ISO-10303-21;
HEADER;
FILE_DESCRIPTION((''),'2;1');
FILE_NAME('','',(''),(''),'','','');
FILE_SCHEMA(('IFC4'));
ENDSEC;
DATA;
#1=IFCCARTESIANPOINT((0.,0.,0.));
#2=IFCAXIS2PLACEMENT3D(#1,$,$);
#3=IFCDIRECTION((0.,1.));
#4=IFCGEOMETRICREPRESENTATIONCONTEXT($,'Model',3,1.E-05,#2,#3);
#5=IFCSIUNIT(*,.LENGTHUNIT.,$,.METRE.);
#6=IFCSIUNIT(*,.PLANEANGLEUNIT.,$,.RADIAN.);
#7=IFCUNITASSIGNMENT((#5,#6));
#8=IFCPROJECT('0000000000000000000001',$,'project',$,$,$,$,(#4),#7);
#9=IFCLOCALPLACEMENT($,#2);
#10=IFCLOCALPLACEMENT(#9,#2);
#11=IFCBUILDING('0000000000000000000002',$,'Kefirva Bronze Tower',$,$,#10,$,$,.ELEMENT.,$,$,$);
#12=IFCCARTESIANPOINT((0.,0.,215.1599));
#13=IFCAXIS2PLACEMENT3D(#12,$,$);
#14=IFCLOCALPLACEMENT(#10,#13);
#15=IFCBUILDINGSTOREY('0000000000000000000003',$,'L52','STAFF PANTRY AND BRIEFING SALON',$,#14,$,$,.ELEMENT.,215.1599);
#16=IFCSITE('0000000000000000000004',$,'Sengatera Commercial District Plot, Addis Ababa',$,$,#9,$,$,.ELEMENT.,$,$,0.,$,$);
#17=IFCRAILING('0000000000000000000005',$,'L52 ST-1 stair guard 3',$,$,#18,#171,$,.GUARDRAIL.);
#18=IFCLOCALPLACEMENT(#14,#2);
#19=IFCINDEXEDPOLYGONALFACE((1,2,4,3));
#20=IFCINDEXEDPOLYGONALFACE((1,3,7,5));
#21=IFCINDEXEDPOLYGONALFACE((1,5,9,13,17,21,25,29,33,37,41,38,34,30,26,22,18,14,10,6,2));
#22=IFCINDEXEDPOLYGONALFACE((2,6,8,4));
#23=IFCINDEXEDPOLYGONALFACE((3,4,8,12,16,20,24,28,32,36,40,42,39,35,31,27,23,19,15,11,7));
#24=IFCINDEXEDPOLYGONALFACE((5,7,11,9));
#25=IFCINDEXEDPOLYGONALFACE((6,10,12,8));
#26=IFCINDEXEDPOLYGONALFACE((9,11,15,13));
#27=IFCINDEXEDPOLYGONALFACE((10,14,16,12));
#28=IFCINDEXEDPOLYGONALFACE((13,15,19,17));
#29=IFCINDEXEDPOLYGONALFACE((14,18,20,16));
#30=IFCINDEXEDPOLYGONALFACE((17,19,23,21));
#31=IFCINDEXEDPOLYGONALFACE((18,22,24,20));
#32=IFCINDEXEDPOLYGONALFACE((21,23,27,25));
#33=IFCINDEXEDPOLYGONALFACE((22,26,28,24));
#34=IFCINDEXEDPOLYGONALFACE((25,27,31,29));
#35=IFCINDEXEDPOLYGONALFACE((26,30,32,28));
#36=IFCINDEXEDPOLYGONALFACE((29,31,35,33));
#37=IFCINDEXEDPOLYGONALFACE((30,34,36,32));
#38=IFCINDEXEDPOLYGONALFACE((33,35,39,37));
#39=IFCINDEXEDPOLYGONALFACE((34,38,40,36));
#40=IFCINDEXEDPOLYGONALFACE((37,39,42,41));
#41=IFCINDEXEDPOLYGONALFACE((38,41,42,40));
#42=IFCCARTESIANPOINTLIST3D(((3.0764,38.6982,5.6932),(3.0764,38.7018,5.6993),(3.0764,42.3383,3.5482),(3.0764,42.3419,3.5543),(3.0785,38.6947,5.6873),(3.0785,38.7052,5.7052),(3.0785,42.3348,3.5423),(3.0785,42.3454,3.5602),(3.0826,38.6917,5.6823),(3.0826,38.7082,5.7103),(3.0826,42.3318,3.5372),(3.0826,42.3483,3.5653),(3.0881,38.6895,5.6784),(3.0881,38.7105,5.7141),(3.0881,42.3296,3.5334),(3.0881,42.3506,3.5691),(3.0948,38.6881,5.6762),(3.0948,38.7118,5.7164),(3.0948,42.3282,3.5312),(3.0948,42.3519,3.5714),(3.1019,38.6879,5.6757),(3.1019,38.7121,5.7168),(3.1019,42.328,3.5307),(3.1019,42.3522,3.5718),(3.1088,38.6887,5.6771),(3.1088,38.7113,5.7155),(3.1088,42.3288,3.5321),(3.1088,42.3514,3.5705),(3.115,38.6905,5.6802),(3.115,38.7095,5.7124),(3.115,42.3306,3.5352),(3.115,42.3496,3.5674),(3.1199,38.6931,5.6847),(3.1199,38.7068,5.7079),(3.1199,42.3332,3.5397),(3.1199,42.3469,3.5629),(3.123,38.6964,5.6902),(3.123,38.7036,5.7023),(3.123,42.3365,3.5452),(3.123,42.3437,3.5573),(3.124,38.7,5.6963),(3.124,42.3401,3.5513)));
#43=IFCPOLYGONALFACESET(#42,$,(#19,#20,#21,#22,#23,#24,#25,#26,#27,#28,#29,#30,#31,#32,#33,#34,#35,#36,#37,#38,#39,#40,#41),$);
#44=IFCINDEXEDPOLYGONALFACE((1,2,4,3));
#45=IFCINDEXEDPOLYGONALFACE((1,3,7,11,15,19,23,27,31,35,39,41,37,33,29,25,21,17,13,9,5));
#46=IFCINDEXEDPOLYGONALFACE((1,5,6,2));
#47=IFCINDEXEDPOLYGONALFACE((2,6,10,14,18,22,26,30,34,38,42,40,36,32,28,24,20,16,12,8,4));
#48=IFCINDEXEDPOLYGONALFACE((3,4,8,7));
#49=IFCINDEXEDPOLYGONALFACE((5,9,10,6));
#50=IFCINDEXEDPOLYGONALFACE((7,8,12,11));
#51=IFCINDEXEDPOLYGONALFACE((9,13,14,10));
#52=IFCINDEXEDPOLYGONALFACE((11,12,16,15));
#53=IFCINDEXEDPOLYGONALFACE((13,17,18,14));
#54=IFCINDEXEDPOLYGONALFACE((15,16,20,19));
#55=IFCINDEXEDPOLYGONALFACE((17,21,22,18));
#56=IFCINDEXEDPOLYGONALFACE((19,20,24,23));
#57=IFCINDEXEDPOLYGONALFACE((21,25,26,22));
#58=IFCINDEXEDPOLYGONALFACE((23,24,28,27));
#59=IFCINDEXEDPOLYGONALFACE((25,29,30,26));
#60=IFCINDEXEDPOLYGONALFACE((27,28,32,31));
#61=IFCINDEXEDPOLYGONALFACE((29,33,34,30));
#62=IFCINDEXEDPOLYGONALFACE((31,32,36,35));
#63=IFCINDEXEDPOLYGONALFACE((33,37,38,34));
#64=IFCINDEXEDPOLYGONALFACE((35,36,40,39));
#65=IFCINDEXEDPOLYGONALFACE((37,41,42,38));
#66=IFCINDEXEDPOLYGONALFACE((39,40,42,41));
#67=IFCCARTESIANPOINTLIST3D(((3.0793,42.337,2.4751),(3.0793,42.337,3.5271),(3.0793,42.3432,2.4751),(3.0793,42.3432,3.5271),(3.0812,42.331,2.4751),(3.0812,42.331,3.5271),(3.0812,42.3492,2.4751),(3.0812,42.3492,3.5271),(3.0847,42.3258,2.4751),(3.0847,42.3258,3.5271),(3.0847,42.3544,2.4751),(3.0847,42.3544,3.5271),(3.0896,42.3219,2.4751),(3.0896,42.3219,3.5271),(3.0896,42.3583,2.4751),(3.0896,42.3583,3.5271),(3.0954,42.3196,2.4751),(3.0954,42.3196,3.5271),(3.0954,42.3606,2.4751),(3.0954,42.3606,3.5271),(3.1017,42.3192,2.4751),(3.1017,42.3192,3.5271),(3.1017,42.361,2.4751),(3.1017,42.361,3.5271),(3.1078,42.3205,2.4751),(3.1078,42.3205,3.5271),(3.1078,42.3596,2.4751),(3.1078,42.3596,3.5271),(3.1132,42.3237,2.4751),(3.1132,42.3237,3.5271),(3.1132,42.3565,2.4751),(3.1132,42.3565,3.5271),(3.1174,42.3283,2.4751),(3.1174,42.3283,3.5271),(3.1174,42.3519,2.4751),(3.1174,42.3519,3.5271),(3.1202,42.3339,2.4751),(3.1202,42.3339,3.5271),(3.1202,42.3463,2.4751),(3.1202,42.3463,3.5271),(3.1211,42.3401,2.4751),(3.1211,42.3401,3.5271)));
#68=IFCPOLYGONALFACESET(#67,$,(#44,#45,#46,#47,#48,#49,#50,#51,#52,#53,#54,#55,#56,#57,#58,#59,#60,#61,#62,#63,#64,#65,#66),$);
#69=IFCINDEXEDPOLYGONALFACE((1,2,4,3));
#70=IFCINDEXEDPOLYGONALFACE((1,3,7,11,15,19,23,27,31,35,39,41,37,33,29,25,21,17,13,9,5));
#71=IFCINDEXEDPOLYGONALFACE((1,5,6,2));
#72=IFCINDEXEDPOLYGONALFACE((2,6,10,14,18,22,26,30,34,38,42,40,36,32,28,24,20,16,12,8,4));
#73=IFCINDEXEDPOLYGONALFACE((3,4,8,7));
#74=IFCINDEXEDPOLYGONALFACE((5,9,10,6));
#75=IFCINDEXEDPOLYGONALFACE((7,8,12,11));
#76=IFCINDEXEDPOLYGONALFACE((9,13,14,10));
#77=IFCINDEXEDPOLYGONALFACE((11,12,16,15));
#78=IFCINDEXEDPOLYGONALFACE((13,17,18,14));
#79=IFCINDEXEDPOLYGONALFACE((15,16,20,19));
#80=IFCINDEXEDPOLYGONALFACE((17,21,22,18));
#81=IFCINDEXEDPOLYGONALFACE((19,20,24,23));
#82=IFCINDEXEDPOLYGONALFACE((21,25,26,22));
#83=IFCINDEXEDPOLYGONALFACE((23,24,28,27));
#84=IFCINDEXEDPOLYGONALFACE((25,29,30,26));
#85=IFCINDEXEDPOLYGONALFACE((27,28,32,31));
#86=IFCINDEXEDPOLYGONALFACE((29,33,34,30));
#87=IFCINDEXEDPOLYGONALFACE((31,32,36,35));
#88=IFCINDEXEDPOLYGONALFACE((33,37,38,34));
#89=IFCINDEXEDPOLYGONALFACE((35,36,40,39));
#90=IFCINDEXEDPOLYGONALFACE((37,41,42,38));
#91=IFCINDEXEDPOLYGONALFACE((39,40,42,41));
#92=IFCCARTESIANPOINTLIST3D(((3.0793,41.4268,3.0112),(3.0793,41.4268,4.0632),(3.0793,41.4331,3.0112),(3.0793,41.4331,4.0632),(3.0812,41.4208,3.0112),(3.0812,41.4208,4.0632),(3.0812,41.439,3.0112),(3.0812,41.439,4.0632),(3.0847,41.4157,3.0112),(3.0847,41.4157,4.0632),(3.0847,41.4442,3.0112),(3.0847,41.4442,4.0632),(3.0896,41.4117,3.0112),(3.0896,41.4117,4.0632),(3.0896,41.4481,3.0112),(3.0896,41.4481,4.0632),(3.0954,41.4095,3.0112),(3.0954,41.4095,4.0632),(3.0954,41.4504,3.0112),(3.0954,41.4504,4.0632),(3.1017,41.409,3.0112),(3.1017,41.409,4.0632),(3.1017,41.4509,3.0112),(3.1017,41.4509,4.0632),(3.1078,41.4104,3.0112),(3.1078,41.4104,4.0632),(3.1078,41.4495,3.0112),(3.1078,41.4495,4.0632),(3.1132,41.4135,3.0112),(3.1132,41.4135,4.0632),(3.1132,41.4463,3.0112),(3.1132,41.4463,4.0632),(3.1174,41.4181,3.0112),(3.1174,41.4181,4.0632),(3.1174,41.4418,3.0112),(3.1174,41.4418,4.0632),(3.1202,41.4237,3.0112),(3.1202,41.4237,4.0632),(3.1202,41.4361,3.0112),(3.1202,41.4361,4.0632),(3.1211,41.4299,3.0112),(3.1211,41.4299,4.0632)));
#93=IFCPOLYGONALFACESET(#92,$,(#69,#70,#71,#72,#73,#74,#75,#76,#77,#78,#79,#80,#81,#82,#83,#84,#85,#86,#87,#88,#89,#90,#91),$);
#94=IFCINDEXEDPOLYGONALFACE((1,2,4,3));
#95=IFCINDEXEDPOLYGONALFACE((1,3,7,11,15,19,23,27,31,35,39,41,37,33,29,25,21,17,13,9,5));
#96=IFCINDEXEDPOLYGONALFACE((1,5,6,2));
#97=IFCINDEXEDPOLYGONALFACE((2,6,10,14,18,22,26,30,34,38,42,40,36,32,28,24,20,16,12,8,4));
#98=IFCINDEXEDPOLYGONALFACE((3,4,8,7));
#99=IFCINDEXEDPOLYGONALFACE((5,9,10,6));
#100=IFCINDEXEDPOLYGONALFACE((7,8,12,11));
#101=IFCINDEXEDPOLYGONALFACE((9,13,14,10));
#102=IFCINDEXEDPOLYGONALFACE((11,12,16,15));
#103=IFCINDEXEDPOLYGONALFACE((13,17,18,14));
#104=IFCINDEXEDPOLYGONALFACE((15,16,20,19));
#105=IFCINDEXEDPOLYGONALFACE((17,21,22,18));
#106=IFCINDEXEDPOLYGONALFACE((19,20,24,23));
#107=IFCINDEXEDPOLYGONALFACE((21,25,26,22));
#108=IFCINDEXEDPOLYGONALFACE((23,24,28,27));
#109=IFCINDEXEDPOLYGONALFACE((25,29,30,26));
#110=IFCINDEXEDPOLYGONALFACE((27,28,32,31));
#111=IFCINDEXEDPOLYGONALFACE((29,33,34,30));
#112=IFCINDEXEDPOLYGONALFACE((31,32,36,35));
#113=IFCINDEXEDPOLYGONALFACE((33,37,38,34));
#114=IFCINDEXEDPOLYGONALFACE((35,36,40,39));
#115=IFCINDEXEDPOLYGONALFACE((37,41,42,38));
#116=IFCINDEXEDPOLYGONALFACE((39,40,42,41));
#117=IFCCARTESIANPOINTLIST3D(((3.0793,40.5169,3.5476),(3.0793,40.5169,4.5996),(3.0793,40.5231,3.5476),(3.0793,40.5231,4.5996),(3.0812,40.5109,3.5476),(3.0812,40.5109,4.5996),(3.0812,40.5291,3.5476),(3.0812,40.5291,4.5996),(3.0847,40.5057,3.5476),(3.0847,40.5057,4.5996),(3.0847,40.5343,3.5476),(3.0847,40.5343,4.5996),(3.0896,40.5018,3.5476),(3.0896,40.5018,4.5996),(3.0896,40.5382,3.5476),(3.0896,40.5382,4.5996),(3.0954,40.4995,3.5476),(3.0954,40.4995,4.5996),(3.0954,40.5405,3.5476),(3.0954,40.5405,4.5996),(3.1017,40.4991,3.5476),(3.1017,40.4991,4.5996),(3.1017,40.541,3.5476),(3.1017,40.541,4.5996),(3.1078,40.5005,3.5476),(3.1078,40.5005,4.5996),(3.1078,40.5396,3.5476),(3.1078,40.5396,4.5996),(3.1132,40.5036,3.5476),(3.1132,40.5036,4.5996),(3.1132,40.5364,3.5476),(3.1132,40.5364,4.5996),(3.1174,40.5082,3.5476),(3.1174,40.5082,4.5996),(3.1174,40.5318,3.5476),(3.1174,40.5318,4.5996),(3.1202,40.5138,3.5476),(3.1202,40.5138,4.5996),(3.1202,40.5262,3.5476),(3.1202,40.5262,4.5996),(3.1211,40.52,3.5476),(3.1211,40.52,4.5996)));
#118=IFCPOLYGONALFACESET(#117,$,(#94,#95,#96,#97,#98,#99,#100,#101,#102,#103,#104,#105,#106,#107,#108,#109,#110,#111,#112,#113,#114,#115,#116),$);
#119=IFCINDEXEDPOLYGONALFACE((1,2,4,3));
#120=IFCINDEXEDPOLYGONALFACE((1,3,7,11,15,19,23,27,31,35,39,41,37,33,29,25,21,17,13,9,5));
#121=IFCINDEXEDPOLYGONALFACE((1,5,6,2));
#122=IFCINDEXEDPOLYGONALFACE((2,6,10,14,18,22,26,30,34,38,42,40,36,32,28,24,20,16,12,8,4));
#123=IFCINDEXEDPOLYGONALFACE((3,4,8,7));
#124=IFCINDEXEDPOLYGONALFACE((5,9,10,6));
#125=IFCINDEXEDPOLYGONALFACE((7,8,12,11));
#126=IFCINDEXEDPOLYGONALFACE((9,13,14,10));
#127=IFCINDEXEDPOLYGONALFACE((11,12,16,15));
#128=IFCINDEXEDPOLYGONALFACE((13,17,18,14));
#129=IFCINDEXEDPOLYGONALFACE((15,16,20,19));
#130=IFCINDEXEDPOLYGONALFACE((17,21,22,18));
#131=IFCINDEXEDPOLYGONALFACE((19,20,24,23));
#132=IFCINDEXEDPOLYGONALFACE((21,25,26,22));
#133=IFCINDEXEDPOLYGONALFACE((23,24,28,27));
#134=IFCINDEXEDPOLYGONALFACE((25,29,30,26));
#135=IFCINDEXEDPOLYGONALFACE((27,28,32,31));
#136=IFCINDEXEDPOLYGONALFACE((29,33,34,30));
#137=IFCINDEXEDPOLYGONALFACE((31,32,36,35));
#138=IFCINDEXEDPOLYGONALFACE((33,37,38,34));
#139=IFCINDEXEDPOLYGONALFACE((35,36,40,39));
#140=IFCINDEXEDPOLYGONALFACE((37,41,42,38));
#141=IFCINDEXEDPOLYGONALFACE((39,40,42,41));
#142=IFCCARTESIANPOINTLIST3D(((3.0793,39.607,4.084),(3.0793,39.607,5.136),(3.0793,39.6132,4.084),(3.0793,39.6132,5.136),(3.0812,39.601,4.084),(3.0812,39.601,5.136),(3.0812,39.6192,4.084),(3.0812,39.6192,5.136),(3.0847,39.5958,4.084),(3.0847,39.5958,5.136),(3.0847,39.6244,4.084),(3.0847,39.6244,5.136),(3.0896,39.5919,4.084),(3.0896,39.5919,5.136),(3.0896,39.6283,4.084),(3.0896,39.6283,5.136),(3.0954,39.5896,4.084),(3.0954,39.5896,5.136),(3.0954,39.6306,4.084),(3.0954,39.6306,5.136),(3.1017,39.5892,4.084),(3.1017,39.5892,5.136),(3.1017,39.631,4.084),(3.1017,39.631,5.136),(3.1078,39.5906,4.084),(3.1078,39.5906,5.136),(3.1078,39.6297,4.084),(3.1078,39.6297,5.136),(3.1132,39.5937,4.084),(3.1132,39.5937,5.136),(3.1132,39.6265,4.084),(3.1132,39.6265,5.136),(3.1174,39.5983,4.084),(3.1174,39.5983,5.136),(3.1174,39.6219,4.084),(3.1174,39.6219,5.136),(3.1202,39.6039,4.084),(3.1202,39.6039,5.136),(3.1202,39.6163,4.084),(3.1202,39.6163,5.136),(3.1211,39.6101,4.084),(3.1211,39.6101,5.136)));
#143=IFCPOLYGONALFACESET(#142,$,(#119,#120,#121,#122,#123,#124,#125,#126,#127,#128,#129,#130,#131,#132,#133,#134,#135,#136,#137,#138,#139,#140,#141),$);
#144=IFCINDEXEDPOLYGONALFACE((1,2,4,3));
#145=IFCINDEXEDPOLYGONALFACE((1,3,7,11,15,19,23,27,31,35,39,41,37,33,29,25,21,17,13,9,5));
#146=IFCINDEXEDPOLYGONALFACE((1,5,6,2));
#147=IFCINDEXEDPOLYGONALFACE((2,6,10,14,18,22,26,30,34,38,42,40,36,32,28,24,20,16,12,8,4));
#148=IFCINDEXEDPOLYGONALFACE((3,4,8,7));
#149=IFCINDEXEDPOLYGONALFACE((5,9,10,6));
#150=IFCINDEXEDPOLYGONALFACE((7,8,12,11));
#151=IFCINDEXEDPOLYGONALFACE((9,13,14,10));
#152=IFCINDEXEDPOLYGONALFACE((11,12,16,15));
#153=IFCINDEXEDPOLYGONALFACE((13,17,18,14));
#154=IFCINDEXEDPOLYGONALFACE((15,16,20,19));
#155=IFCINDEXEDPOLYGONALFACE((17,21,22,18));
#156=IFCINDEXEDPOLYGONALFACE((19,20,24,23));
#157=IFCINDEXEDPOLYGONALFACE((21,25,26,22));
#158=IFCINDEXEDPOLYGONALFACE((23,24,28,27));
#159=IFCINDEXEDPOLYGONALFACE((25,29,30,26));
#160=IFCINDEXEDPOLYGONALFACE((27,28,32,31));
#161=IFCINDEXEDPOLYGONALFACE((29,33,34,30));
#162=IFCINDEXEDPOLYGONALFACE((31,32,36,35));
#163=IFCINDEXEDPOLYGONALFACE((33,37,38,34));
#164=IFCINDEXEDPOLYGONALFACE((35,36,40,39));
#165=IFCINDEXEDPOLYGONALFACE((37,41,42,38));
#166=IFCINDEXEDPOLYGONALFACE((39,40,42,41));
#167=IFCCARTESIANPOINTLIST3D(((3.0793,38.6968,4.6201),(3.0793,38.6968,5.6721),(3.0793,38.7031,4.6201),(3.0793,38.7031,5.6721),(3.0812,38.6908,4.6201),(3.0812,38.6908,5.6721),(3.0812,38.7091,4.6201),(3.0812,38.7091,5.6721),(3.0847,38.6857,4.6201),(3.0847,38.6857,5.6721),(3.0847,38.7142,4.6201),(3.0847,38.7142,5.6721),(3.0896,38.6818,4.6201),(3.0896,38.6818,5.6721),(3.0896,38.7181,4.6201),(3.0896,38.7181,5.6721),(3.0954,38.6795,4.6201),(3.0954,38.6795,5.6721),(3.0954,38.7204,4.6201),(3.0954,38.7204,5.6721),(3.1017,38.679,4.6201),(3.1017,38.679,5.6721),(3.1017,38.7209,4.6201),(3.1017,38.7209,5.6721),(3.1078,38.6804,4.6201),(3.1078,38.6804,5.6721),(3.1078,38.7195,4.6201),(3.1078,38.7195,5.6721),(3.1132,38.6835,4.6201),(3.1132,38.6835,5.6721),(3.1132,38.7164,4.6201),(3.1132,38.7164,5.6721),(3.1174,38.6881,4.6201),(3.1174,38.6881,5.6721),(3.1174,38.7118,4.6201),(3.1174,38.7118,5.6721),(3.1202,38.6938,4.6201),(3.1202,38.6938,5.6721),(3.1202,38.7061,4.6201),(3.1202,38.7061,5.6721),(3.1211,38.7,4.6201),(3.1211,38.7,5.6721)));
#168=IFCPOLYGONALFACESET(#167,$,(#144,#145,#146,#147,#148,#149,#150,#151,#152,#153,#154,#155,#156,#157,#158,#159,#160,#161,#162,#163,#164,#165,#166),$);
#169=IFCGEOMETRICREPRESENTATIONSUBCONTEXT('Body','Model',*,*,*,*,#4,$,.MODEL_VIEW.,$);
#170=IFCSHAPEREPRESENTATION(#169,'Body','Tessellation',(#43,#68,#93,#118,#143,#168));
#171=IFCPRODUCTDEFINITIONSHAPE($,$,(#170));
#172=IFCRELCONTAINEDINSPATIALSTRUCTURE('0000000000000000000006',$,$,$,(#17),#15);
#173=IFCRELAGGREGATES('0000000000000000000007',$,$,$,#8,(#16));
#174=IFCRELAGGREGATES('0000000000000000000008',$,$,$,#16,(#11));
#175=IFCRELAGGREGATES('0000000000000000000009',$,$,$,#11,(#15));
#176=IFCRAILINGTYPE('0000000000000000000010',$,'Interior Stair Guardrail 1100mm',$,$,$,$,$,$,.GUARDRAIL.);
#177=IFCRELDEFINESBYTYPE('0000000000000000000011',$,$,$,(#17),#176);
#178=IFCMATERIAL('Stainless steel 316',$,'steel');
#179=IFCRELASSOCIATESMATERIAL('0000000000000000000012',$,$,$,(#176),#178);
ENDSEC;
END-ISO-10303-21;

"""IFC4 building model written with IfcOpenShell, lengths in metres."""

from ifc_helpers import new_model, si_unit, direction, frame, origin, origin_2d, place, context, subcontext, project, spatial, circle, extrude, material, type_object, element, save


model = new_model("IFC4")

# Units and contexts
model_context = context("Model", 3, precision=1e-05, world=origin(), true_north=direction((0.0, 1.0)))
body_context = subcontext(model_context, "Body", "Model", "MODEL_VIEW")
ifc_project = project(units=[si_unit("LENGTHUNIT", "METRE"), si_unit("PLANEANGLEUNIT", "RADIAN")], contexts=[model_context])

# Site, building, storey
site_placement = place(None, origin())
site = spatial("IfcSite", under=ifc_project, at=site_placement, Name="Sengatera Commercial District Plot, Addis Ababa", CompositionType="ELEMENT", RefElevation=0.0)
building_placement = place(site_placement, origin())
building = spatial("IfcBuilding", under=site, at=building_placement, Name="Kefirva Bronze Tower", CompositionType="ELEMENT")
storey_placement = place(building_placement, frame((0.0, 0.0, 215.1599)))
storey = spatial("IfcBuildingStorey", under=building, at=storey_placement, Name="L52", Description="STAFF PANTRY AND BRIEFING SALON", CompositionType="ELEMENT", Elevation=215.1599)

# Railing
ifc_material_1 = material(Name="Stainless steel 316", Category="steel")
railing_type_1 = type_object("IfcRailingType", Name="Interior Stair Guardrail 1100mm", PredefinedType="GUARDRAIL", material=ifc_material_1)
railing_1_placement = place(storey_placement, frame((3.1001, 42.3401, 2.4751)))
element("IfcRailing", 1, at=railing_1_placement, inside=storey, type_object=railing_type_1, Name="L52 ST-1 stair guard 3", PredefinedType="GUARDRAIL", context=body_context, shape_type="SweptSolid", body=[
    extrude(circle(Radius=0.0239, at=origin_2d()), frame((0.0, 0.0, 1.0762), z_axis=(0.0, -0.861545, 0.507682), x_axis=(1.0, 0.0, 0.0)), (0.0, 0.0, 1.0), 4.2251),
    extrude(circle(Radius=0.021, at=origin_2d()), origin(), (0.0, 0.0, 1.0), 1.052),
    extrude(circle(Radius=0.021, at=origin_2d()), frame((0.0, -0.9102, 0.5361)), (0.0, 0.0, 1.0), 1.052),
    extrude(circle(Radius=0.021, at=origin_2d()), frame((0.0, -1.8201, 1.0725)), (0.0, 0.0, 1.0), 1.052),
    extrude(circle(Radius=0.021, at=origin_2d()), frame((0.0, -2.73, 1.6089)), (0.0, 0.0, 1.0), 1.052),
    extrude(circle(Radius=0.021, at=origin_2d()), frame((0.0, -3.6401, 2.145)), (0.0, 0.0, 1.0), 1.052),
])

save(model, "model.ifc")
